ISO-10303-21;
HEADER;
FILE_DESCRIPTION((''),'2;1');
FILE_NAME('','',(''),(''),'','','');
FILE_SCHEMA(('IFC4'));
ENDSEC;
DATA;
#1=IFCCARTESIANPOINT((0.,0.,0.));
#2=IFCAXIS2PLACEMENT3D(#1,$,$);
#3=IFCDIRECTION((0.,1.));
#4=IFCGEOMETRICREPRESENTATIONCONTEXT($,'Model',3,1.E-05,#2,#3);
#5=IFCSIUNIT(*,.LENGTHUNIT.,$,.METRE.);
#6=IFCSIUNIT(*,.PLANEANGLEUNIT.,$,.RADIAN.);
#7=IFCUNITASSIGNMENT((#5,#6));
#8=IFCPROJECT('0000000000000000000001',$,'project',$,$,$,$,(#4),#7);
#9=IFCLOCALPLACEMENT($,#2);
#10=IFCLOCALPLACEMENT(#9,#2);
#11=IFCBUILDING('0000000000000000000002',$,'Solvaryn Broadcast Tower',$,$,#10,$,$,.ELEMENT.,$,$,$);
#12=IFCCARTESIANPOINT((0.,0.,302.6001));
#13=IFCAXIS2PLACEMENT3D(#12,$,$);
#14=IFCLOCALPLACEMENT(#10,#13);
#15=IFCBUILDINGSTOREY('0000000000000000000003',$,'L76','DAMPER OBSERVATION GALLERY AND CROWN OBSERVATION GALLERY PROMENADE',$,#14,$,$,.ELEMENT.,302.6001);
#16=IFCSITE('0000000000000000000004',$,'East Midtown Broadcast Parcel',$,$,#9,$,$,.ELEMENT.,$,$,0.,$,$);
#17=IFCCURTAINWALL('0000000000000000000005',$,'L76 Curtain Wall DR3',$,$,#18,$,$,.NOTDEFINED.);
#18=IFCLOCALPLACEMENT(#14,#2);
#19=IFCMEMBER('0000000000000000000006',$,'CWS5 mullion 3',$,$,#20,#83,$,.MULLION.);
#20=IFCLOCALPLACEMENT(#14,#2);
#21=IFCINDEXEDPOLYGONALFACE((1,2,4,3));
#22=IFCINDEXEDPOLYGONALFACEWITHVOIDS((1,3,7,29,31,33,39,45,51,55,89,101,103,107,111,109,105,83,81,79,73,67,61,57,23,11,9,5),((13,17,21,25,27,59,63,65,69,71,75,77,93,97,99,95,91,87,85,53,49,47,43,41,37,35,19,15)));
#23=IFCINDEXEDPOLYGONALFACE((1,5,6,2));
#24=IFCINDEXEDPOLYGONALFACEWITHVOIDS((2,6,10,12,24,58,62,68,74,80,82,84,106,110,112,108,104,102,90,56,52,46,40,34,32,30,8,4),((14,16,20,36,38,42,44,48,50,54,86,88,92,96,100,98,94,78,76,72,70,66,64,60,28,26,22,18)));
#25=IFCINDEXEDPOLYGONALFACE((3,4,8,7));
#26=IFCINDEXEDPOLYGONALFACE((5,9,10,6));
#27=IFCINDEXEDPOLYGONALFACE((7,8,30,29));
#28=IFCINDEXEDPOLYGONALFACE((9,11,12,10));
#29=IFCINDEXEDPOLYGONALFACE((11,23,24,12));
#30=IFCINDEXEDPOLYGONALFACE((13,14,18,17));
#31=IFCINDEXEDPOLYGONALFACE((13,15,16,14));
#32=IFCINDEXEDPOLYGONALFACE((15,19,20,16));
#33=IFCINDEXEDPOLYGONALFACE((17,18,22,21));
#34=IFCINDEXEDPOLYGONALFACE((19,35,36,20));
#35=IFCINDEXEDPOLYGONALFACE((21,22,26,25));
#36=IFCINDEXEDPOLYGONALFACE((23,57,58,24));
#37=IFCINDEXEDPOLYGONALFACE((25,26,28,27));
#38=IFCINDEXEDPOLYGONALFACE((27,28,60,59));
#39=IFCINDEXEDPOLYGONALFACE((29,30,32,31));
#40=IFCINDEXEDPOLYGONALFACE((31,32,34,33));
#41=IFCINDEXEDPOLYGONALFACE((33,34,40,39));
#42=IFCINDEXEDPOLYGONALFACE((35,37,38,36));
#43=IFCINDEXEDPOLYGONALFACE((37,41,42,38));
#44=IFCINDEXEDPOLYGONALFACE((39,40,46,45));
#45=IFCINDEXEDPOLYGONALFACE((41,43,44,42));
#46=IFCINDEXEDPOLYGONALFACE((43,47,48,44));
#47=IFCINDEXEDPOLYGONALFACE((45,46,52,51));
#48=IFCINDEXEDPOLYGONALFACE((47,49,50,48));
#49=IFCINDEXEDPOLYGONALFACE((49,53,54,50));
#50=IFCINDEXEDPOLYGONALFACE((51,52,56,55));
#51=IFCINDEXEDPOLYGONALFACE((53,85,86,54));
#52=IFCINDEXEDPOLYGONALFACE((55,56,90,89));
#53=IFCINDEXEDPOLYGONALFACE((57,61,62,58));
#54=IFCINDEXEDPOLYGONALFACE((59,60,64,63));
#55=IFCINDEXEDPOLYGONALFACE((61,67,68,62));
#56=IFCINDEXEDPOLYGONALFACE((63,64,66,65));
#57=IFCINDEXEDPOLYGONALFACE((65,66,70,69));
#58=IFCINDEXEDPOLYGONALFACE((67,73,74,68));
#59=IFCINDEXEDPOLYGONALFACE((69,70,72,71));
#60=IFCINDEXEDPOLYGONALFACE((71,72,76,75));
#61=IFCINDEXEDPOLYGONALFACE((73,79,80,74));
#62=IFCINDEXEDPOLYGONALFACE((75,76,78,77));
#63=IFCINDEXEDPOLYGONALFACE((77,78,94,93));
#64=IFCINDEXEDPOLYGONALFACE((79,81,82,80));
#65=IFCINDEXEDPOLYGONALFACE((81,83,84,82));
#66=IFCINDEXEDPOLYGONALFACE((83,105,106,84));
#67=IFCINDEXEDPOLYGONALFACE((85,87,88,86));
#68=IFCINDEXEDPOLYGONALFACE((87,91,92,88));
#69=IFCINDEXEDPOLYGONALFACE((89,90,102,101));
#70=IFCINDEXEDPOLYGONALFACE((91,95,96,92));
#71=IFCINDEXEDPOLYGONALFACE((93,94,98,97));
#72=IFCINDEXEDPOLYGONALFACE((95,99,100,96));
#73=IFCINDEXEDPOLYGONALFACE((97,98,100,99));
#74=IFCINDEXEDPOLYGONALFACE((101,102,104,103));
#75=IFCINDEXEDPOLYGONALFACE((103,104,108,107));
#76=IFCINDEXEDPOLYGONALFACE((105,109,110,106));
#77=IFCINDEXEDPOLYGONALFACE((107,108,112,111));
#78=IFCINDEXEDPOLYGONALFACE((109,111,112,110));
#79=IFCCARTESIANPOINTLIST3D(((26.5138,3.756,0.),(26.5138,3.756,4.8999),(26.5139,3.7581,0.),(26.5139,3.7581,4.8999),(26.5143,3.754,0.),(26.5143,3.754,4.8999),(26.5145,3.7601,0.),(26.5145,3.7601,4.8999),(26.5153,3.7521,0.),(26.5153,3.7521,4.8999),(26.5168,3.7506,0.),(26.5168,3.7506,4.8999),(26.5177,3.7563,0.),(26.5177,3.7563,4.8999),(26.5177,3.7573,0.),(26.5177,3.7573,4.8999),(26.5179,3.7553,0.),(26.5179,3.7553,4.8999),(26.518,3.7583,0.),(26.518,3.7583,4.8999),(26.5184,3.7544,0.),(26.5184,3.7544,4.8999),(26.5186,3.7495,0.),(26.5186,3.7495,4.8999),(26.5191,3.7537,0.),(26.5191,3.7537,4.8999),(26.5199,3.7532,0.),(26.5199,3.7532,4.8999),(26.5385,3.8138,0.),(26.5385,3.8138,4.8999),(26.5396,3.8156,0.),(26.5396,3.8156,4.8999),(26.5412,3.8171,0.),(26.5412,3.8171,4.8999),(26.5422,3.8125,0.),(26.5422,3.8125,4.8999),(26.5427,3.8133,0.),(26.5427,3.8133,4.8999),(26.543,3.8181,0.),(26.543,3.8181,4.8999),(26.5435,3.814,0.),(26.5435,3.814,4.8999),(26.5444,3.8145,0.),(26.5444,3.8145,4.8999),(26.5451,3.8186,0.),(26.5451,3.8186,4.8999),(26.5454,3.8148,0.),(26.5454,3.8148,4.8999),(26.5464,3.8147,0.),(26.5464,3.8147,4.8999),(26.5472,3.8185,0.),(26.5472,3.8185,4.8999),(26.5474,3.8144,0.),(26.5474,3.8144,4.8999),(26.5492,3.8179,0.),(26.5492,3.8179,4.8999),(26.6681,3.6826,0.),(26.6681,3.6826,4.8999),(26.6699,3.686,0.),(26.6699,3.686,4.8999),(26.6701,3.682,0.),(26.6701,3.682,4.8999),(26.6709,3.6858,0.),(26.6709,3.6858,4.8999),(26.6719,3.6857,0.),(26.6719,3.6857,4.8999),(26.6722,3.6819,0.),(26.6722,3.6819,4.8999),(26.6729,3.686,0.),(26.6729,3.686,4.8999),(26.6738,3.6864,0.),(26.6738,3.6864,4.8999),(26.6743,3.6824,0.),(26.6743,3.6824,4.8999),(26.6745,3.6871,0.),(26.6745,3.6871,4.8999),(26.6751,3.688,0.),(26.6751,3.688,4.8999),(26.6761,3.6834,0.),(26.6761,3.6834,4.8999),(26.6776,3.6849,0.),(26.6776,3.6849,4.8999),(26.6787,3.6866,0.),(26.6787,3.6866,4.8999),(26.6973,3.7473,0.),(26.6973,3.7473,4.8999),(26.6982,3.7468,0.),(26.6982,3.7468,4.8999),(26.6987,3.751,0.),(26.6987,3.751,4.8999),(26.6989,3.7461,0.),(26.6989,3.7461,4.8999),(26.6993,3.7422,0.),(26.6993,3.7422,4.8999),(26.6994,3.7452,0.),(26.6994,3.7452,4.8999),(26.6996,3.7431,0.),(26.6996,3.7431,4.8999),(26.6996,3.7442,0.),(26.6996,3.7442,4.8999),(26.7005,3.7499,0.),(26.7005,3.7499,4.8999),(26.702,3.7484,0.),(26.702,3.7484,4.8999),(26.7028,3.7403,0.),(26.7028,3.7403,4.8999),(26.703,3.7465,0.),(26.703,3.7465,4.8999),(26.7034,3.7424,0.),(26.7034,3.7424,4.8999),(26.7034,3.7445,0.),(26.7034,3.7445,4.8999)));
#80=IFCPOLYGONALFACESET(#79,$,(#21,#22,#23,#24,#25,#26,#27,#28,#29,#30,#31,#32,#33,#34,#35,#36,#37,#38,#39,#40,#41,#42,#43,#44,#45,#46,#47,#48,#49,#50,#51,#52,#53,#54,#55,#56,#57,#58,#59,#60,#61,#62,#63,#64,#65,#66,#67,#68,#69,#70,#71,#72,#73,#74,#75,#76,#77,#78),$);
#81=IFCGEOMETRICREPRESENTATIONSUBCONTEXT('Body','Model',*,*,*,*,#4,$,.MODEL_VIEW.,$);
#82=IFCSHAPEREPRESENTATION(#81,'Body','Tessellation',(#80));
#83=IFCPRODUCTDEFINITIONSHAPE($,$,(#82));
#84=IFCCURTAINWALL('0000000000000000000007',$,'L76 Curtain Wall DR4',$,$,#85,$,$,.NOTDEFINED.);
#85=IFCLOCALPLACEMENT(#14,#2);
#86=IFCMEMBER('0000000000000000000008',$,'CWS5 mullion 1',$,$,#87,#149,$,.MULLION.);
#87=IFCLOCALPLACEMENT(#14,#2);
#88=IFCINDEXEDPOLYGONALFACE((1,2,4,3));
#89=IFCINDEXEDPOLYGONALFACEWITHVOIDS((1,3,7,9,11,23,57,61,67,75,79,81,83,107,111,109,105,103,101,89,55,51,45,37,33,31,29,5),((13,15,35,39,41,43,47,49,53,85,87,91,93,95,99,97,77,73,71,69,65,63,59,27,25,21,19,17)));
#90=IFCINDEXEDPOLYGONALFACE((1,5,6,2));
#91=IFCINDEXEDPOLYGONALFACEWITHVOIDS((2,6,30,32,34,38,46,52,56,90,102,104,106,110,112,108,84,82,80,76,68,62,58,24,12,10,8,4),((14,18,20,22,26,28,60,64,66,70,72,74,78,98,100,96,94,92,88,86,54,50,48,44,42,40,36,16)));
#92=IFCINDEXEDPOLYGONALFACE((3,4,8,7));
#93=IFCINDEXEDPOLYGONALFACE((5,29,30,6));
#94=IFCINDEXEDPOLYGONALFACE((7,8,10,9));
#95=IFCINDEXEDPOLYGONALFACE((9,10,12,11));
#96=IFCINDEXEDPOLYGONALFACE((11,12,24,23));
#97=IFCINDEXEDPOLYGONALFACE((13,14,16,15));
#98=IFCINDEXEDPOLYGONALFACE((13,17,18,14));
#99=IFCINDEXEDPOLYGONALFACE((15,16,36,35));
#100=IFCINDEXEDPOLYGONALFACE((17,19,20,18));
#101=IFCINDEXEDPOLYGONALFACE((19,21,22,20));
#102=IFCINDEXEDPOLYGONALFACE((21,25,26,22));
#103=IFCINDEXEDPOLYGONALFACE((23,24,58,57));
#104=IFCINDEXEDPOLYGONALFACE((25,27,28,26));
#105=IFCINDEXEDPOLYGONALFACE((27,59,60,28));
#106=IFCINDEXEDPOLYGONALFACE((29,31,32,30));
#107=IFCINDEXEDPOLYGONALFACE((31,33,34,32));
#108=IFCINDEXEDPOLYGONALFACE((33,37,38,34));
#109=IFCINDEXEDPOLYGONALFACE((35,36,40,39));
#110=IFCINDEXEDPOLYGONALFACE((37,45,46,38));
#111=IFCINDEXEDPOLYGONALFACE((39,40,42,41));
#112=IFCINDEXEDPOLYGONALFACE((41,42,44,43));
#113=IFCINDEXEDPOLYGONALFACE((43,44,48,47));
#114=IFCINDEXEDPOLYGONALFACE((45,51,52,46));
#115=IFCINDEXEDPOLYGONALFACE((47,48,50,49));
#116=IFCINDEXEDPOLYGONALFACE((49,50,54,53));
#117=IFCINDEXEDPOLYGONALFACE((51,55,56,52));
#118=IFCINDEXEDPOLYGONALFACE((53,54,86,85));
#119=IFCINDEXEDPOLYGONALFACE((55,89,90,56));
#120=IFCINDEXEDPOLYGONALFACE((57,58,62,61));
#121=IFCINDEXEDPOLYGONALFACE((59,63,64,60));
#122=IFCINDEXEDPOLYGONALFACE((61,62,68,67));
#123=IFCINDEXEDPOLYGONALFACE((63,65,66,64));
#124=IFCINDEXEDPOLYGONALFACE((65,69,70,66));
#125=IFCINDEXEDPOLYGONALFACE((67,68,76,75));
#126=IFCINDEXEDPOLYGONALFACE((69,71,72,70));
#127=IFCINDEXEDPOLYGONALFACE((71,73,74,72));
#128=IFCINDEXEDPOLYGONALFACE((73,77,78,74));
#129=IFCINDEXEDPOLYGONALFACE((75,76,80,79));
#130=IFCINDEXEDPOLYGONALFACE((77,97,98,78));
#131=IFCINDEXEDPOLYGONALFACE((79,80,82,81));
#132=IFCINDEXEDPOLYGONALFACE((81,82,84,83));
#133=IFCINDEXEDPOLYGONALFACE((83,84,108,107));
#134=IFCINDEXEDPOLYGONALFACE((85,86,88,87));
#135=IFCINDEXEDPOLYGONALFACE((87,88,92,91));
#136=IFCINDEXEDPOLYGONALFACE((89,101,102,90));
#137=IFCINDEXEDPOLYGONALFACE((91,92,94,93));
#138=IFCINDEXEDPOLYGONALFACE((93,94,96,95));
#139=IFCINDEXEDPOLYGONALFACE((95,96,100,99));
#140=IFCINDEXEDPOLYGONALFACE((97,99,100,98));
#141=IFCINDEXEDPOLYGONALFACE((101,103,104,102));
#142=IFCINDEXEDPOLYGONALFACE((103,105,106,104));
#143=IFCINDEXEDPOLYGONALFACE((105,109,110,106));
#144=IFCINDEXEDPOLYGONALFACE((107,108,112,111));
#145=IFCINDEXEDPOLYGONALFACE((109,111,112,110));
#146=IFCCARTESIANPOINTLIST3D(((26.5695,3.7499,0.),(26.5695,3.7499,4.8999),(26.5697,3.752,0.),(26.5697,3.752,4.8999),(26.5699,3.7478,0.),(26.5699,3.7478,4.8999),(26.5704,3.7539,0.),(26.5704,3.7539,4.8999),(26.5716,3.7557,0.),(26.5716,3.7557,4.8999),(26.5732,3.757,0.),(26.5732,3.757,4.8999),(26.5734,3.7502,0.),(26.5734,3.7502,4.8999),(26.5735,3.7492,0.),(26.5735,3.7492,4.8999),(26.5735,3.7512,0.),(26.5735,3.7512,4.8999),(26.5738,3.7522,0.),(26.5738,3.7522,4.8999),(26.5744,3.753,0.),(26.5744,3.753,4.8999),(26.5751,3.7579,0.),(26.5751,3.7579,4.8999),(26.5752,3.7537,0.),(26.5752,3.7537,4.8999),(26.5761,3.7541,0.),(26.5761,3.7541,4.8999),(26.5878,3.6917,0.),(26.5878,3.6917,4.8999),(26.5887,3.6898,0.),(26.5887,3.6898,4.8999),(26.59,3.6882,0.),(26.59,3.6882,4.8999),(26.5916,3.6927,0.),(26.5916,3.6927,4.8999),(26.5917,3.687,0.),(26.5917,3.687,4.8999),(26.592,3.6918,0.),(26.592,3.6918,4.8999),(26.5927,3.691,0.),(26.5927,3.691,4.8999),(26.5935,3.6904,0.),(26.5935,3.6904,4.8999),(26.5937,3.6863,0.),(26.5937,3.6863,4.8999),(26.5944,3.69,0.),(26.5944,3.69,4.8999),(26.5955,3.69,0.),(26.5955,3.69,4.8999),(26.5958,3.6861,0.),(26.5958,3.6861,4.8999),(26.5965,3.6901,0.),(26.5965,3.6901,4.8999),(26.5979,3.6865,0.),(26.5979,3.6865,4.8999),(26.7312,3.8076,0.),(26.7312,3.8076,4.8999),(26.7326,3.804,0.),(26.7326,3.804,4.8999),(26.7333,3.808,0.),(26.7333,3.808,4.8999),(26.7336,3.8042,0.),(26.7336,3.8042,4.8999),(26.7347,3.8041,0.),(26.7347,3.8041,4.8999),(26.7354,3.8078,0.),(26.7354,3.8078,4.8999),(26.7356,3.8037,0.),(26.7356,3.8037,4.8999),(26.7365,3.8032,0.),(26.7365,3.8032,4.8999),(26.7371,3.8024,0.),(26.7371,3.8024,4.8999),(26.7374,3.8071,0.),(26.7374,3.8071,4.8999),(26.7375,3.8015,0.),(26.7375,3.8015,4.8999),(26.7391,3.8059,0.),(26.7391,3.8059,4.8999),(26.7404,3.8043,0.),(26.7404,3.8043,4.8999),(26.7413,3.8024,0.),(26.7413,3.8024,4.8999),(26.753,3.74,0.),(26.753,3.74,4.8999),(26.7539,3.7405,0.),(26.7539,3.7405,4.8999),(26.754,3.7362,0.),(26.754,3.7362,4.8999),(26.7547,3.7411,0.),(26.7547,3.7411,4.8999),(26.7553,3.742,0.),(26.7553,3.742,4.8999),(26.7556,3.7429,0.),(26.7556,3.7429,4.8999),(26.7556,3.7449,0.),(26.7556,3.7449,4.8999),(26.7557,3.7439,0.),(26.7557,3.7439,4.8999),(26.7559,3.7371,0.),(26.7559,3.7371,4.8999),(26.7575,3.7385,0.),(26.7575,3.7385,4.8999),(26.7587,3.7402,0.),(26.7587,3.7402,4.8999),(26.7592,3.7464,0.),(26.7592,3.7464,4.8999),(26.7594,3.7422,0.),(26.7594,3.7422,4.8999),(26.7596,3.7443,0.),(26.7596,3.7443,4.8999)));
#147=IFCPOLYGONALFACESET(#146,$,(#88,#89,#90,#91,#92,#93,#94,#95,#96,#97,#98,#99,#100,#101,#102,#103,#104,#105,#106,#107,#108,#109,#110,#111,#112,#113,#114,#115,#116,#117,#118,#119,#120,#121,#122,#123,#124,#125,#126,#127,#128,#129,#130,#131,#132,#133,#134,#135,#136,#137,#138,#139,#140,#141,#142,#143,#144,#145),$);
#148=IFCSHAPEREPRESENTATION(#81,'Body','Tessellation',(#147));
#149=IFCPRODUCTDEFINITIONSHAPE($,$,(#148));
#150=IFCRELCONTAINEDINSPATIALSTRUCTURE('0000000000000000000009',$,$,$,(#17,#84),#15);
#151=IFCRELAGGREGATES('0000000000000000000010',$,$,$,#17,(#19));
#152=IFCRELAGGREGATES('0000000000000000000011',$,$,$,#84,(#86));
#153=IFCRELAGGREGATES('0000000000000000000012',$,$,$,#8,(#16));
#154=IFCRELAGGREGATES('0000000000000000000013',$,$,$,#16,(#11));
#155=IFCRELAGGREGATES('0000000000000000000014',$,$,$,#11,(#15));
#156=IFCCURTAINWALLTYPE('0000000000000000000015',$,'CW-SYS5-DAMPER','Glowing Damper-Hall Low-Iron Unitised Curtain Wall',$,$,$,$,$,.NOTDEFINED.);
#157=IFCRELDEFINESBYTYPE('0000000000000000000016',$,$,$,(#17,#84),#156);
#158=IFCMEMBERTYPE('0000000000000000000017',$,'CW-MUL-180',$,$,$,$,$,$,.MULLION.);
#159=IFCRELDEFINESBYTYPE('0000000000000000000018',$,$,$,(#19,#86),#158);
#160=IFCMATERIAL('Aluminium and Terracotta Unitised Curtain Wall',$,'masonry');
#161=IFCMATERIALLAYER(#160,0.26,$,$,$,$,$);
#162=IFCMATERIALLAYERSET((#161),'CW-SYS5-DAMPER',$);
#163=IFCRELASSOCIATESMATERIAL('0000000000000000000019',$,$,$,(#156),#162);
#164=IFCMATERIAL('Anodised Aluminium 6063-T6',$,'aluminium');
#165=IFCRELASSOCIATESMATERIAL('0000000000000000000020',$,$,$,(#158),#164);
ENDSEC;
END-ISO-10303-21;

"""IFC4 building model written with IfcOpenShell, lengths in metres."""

from ifc_helpers import new_model, si_unit, direction, frame, origin, origin_2d, place, context, subcontext, project, spatial, hollow_rectangle, extrude, material, layer, layer_set, material_profile, profile_set, type_object, element, aggregate, save


model = new_model("IFC4")

# Units and contexts
model_context = context("Model", 3, precision=1e-05, world=origin(), true_north=direction((0.0, 1.0)))
body_context = subcontext(model_context, "Body", "Model", "MODEL_VIEW")
ifc_project = project(units=[si_unit("LENGTHUNIT", "METRE"), si_unit("PLANEANGLEUNIT", "RADIAN")], contexts=[model_context])

# Site, building, storey
site_placement = place(None, origin())
site = spatial("IfcSite", under=ifc_project, at=site_placement, Name="East Midtown Broadcast Parcel", CompositionType="ELEMENT", RefElevation=0.0)
building_placement = place(site_placement, origin())
building = spatial("IfcBuilding", under=site, at=building_placement, Name="Solvaryn Broadcast Tower", CompositionType="ELEMENT")
storey_placement = place(building_placement, frame((0.0, 0.0, 302.6001)))
storey = spatial("IfcBuildingStorey", under=building, at=storey_placement, Name="L76", Description="DAMPER OBSERVATION GALLERY AND CROWN OBSERVATION GALLERY PROMENADE", CompositionType="ELEMENT", Elevation=302.6001)

# Curtain wall, member
ifc_material_1 = material(Name="Aluminium and Terracotta Unitised Curtain Wall", Category="masonry")
ifc_layer_1 = layer(ifc_material_1, 0.26)
ifc_layer_set_1 = layer_set([ifc_layer_1], Name="CW-SYS5-DAMPER")
curtain_wall_type = type_object("IfcCurtainWallType", Name="CW-SYS5-DAMPER", Description="Glowing Damper-Hall Low-Iron Unitised Curtain Wall", PredefinedType="NOTDEFINED", material=ifc_layer_set_1)
curtain_wall_1_placement = place(storey_placement, origin())
curtain_wall_1 = element("IfcCurtainWall", 1, at=curtain_wall_1_placement, inside=storey, type_object=curtain_wall_type, Name="L76 Curtain Wall DR3", PredefinedType="NOTDEFINED")
ifc_material_2 = material(Name="Anodised Aluminium 6063-T6", Category="aluminium")
ifc_material_profile_1 = material_profile(ifc_material_2, hollow_rectangle(XDim=0.075, YDim=0.1799, WallThickness=0.0039, InnerFilletRadius=0.0039, OuterFilletRadius=0.0081, at=origin_2d()))
ifc_profile_set_1 = profile_set([ifc_material_profile_1], Name="Anodised Aluminium 6063-T6")
member_type_1 = type_object("IfcMemberType", Name="CW-MUL-180", PredefinedType="MULLION", material=ifc_profile_set_1)
member_1_placement = place(storey_placement, frame((26.6086, 3.7502, 0.0), z_axis=(0.0, 0.0, 1.0), x_axis=(0.408466, 0.912774, 0.0)))
member_1 = element("IfcMember", 2, at=member_1_placement, type_object=member_type_1, Name="CWS5 mullion 3", PredefinedType="MULLION", context=body_context, shape_type="SweptSolid", body=[
    extrude(hollow_rectangle(XDim=0.075, YDim=0.1799, WallThickness=0.0039, InnerFilletRadius=0.0039, OuterFilletRadius=0.0081, at=origin_2d()), origin(), (0.0, 0.0, 1.0), 4.8999),
])

# Curtain wall, member
curtain_wall_2_placement = place(storey_placement, origin())
curtain_wall_2 = element("IfcCurtainWall", 3, at=curtain_wall_2_placement, inside=storey, type_object=curtain_wall_type, Name="L76 Curtain Wall DR4", PredefinedType="NOTDEFINED")
member_2_placement = place(storey_placement, frame((26.6646, 3.7471, 0.0), z_axis=(0.0, 0.0, 1.0), x_axis=(-0.303616, 0.952795, 0.0)))
member_2 = element("IfcMember", 4, at=member_2_placement, type_object=member_type_1, Name="CWS5 mullion 1", PredefinedType="MULLION", context=body_context, shape_type="SweptSolid", body=[
    extrude(hollow_rectangle(XDim=0.075, YDim=0.1799, WallThickness=0.0039, InnerFilletRadius=0.0039, OuterFilletRadius=0.0081, at=origin_2d()), origin(), (0.0, 0.0, 1.0), 4.8999),
])

aggregate(curtain_wall_1, [member_1])
aggregate(curtain_wall_2, [member_2])

save(model, "model.ifc")
